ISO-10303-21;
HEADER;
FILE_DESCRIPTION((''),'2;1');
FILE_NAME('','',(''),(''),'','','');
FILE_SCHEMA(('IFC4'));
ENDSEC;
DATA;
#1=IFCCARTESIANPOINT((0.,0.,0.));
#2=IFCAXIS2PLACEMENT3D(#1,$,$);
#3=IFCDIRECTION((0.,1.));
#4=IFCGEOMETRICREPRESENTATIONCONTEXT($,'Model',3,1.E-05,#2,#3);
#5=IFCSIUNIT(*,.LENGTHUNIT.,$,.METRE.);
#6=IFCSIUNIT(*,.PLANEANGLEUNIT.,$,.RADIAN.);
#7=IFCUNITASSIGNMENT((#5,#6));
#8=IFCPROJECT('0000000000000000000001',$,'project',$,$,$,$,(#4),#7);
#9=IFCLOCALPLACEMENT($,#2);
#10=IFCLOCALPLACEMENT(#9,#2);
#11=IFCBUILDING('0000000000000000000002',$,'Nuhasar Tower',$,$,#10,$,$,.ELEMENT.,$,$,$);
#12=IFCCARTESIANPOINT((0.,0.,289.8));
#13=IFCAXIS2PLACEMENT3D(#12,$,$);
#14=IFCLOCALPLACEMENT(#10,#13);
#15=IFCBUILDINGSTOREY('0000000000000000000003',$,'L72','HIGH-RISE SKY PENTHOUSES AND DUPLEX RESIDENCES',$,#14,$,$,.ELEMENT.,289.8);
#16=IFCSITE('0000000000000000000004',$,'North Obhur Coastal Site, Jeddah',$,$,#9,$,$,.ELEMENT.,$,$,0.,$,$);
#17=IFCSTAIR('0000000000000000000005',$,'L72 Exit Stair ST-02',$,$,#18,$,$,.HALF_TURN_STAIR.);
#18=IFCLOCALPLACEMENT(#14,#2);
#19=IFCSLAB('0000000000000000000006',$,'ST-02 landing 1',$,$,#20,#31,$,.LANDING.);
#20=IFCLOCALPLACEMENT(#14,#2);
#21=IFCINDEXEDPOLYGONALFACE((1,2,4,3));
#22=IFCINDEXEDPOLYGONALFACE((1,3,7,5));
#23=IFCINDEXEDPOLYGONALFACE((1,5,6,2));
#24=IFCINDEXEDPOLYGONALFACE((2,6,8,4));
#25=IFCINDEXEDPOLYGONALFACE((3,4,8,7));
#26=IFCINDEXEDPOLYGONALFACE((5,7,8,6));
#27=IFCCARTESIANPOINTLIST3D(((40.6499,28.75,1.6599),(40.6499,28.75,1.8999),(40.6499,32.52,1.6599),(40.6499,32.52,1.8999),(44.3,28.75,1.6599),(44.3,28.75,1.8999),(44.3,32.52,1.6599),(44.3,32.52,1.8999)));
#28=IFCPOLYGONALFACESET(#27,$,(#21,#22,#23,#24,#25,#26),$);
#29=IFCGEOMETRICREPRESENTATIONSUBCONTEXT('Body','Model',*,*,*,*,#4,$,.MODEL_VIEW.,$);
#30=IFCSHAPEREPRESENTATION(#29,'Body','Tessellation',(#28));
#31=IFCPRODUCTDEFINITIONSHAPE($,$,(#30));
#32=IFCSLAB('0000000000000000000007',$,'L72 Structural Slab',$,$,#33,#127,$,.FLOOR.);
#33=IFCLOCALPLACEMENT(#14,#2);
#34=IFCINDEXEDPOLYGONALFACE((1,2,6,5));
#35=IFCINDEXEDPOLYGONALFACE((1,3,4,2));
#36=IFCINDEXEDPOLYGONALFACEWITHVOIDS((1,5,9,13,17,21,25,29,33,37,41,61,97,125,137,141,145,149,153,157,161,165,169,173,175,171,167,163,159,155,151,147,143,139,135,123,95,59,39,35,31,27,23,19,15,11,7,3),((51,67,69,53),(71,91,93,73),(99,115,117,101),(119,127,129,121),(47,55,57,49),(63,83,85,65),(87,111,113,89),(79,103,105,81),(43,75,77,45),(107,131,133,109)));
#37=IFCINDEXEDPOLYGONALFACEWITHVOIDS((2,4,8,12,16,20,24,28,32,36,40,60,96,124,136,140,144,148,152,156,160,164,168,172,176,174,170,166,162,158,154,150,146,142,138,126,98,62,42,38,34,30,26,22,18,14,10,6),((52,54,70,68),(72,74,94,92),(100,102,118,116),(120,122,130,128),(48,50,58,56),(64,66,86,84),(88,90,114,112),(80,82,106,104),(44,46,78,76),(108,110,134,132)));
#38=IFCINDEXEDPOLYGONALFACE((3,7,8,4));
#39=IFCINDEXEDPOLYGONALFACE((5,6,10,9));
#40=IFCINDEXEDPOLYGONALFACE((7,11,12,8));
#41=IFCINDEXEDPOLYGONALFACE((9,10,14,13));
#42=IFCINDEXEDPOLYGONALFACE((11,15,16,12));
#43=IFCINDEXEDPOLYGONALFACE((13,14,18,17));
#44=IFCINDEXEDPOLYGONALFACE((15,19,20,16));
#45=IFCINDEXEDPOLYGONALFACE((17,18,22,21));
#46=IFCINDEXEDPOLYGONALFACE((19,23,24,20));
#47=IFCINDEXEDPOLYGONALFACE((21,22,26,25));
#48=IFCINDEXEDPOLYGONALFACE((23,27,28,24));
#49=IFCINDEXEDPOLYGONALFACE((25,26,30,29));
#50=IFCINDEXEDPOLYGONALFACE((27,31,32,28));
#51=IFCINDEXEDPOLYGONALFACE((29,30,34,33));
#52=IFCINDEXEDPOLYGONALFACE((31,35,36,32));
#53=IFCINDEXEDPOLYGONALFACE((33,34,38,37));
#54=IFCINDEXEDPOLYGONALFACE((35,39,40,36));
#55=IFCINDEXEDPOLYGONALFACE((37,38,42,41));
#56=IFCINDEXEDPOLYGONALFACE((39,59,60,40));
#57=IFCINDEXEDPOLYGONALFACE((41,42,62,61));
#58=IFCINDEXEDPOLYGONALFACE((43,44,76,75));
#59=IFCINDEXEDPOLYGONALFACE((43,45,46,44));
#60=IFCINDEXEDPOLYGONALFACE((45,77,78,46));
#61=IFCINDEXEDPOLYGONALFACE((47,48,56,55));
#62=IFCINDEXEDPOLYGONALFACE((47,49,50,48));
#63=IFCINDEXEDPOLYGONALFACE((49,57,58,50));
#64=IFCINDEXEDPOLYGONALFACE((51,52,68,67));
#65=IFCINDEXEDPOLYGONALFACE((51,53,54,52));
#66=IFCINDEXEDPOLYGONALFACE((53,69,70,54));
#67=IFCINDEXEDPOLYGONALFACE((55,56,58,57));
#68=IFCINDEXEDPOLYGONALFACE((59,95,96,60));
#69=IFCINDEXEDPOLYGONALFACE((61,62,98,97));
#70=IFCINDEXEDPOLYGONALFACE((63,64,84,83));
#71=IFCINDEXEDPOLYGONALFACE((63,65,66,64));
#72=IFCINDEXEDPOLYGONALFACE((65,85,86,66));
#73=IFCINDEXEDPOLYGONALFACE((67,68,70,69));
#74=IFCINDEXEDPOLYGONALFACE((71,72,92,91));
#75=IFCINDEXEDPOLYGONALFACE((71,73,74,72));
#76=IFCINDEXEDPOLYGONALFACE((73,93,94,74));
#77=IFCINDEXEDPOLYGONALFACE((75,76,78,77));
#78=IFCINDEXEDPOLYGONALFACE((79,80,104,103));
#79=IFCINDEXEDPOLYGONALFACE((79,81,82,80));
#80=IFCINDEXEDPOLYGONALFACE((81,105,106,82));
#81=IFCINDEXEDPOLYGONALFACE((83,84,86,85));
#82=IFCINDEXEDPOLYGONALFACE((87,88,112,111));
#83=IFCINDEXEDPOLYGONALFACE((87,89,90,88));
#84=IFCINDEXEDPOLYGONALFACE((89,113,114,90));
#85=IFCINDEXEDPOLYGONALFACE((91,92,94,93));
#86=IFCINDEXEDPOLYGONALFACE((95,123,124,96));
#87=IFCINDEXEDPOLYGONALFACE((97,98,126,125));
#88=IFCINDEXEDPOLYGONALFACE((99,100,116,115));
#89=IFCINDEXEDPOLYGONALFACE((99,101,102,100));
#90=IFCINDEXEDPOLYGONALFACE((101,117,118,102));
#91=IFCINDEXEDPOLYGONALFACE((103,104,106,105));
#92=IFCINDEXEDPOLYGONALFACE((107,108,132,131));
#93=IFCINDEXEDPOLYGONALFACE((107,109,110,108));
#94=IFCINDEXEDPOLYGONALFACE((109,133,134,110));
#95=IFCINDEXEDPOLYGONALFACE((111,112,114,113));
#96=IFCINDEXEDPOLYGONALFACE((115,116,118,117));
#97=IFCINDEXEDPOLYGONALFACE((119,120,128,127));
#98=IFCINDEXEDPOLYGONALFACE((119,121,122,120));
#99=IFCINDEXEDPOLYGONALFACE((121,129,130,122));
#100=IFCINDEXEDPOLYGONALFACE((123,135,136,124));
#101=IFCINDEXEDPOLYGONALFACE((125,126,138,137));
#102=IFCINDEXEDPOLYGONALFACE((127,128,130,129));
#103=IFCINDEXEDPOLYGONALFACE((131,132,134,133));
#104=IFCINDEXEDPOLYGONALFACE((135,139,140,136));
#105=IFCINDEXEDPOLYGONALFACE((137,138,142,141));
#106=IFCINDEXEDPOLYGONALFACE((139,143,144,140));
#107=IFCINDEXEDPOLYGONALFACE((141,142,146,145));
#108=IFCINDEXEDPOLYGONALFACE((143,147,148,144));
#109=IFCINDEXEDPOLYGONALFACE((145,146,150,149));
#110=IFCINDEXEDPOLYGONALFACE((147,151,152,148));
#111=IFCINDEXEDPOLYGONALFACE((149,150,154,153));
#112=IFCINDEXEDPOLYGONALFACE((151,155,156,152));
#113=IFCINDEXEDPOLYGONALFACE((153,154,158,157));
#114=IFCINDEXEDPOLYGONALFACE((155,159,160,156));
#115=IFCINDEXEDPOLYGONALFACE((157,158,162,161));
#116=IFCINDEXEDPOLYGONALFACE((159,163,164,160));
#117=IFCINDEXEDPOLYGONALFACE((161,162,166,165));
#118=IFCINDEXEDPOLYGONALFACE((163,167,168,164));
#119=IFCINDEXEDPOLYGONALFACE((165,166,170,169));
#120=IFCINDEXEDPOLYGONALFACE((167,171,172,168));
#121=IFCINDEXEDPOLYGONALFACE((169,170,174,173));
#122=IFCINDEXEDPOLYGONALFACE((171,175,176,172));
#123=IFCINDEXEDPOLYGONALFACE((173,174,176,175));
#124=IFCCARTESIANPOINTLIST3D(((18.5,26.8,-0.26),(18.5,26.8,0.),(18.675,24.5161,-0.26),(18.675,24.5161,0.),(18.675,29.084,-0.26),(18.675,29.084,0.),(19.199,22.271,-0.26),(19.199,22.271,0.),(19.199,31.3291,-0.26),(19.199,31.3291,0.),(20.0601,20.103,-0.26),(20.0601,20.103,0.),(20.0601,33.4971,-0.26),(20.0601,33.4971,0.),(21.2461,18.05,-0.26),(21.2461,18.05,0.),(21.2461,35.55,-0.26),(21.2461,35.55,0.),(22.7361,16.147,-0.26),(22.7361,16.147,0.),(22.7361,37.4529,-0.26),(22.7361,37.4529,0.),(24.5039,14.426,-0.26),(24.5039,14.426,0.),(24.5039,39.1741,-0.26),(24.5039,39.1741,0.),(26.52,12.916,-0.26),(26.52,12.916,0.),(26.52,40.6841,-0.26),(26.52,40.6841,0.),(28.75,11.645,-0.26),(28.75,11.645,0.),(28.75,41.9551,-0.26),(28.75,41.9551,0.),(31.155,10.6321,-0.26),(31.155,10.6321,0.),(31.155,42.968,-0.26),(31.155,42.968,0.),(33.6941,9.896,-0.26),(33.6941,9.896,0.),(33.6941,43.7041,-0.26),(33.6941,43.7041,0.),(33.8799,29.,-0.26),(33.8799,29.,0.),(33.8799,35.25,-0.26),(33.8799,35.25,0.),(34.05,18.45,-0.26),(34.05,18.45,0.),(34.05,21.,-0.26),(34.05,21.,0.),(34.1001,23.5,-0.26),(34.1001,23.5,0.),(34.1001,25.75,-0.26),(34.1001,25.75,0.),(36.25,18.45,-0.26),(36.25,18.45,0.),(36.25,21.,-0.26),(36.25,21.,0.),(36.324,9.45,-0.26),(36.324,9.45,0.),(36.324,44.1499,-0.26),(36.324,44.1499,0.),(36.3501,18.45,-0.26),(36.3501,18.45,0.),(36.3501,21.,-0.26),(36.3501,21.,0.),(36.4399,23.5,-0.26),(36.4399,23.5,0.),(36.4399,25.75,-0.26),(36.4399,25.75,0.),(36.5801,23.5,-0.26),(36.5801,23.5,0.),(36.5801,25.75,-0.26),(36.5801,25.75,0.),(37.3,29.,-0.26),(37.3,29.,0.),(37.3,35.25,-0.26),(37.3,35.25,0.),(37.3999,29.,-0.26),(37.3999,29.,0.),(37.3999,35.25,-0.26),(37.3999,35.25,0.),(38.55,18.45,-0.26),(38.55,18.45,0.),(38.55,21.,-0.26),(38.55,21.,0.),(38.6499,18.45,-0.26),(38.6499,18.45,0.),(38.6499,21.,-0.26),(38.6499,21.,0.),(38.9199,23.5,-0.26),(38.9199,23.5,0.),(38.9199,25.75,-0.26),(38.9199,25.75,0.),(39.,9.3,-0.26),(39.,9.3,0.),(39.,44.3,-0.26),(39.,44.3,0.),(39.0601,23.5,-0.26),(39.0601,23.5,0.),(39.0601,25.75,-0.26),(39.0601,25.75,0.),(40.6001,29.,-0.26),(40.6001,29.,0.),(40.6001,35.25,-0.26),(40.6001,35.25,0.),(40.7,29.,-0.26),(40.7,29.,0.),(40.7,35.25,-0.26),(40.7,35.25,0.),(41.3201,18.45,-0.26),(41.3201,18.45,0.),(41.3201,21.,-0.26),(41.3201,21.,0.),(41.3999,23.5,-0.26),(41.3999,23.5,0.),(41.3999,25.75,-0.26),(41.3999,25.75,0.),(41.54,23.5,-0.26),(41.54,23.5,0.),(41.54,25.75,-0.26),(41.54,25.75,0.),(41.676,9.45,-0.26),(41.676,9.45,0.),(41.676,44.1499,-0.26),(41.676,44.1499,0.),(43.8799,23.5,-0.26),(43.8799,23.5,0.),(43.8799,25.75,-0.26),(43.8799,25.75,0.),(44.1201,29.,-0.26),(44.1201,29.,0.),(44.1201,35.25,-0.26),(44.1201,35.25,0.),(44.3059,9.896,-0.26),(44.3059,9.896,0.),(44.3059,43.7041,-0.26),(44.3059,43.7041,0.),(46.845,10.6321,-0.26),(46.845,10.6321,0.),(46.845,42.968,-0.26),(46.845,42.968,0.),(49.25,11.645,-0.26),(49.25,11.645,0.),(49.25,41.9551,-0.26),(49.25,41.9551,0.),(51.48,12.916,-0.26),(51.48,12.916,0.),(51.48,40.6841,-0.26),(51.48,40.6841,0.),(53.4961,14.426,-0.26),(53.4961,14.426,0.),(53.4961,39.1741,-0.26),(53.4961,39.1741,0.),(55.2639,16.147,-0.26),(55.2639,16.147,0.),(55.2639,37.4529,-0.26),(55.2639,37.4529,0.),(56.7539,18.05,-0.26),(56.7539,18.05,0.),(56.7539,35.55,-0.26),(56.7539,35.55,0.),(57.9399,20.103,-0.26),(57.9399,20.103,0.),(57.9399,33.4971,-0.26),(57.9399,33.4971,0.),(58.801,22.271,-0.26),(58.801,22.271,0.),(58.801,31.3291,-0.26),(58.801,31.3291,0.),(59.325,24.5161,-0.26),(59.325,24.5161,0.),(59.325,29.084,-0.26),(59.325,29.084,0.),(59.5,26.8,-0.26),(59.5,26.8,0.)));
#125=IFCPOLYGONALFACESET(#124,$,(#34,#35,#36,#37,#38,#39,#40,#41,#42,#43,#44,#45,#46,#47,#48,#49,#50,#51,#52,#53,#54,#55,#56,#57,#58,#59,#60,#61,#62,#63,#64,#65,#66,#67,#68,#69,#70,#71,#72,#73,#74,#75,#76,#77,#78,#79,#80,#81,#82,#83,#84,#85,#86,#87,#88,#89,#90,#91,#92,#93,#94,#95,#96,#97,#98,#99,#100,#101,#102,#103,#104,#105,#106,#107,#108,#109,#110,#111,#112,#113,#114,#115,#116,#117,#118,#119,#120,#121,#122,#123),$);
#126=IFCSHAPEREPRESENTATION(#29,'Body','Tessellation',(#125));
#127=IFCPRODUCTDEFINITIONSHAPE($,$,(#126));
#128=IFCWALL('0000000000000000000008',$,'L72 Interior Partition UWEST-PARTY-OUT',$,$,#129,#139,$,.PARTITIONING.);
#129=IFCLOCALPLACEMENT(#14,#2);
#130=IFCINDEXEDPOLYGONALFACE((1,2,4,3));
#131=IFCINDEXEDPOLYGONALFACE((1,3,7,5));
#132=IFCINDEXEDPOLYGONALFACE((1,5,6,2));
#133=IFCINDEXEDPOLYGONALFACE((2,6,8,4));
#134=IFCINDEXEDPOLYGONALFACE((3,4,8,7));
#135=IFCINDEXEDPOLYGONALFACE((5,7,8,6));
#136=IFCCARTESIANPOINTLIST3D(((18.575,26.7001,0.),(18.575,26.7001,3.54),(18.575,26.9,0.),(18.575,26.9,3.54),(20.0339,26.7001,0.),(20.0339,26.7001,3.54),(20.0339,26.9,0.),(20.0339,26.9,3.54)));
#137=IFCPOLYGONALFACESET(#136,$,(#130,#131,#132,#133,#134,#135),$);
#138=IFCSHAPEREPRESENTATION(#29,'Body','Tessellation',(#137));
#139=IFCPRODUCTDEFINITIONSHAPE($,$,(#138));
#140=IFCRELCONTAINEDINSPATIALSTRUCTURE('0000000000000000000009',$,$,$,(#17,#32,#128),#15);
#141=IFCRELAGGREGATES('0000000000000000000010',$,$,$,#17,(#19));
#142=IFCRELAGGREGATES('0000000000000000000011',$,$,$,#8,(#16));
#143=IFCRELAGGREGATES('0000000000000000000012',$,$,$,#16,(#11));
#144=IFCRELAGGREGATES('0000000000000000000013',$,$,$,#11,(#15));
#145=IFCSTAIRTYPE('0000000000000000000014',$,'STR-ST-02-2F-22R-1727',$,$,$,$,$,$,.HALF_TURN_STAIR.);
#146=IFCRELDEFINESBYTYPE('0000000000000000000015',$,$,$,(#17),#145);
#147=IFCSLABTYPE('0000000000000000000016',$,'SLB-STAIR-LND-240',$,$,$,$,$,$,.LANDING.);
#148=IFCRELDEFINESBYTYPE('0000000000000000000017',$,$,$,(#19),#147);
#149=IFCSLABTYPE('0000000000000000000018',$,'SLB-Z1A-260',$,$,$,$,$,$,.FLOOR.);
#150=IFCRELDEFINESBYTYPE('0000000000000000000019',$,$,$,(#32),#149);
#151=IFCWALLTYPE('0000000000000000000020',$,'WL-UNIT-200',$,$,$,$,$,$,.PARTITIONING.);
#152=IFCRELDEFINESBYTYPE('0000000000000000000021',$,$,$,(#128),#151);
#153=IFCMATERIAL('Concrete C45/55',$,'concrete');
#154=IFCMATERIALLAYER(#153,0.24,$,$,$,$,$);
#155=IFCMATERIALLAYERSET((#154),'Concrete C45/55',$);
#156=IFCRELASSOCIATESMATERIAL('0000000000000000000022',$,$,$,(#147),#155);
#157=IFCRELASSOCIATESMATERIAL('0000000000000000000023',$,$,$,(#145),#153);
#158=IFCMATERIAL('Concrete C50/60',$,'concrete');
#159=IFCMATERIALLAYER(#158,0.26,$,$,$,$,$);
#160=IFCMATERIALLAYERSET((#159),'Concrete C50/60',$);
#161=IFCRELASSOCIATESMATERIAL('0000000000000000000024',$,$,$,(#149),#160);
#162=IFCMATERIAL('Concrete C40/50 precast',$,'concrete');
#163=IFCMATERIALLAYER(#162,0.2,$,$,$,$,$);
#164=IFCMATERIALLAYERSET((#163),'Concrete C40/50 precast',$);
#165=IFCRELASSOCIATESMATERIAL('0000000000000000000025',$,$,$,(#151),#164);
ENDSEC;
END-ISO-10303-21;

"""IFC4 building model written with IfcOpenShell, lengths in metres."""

from ifc_helpers import new_model, si_unit, direction, frame, frame_2d, origin, place, context, subcontext, project, spatial, polyline, rectangle, outline, extrude, material, layer, layer_set, type_object, element, aggregate, save


model = new_model("IFC4")

# Units and contexts
model_context = context("Model", 3, precision=1e-05, world=origin(), true_north=direction((0.0, 1.0)))
body_context = subcontext(model_context, "Body", "Model", "MODEL_VIEW")
ifc_project = project(units=[si_unit("LENGTHUNIT", "METRE"), si_unit("PLANEANGLEUNIT", "RADIAN")], contexts=[model_context])

# Site, building, storey
site_placement = place(None, origin())
site = spatial("IfcSite", under=ifc_project, at=site_placement, Name="North Obhur Coastal Site, Jeddah", CompositionType="ELEMENT", RefElevation=0.0)
building_placement = place(site_placement, origin())
building = spatial("IfcBuilding", under=site, at=building_placement, Name="Nuhasar Tower", CompositionType="ELEMENT")
storey_placement = place(building_placement, frame((0.0, 0.0, 289.8)))
storey = spatial("IfcBuildingStorey", under=building, at=storey_placement, Name="L72", Description="HIGH-RISE SKY PENTHOUSES AND DUPLEX RESIDENCES", CompositionType="ELEMENT", Elevation=289.8)

# Shared definitions
ifc_material_1 = material(Name="Concrete C50/60", Category="concrete")

# Stair, slab
ifc_material_2 = material(Name="Concrete C45/55", Category="concrete")
ifc_layer_1 = layer(ifc_material_2, 0.24)
ifc_layer_set_1 = layer_set([ifc_layer_1], Name="Concrete C45/55")
slab_type_1 = type_object("IfcSlabType", Name="SLB-STAIR-LND-240", PredefinedType="LANDING", material=ifc_layer_set_1)
stair_type_1 = type_object("IfcStairType", Name="STR-ST-02-2F-22R-1727", PredefinedType="HALF_TURN_STAIR", material=ifc_material_2)
stair_1_placement = place(storey_placement, origin())
stair_1 = element("IfcStair", 1, at=stair_1_placement, inside=storey, type_object=stair_type_1, Name="L72 Exit Stair ST-02", PredefinedType="HALF_TURN_STAIR")
slab_1_placement = place(storey_placement, frame((0.0, 0.0, 1.6599)))
slab_1 = element("IfcSlab", 2, at=slab_1_placement, type_object=slab_type_1, Name="ST-02 landing 1", PredefinedType="LANDING", context=body_context, shape_type="SweptSolid", body=[
    extrude(outline(polyline([(40.6499, 28.75), (44.3, 28.75), (44.3, 32.52), (40.6499, 32.52), (40.6499, 28.75)])), origin(), (0.0, 0.0, 1.0), 0.24),
])
aggregate(stair_1, [slab_1])

# Slab
ifc_layer_2 = layer(ifc_material_1, 0.26)
ifc_layer_set_2 = layer_set([ifc_layer_2], Name="Concrete C50/60")
slab_type_2 = type_object("IfcSlabType", Name="SLB-Z1A-260", PredefinedType="FLOOR", material=ifc_layer_set_2)
slab_2_placement = place(storey_placement, frame((0.0, 0.0, -0.26)))
element("IfcSlab", 3, at=slab_2_placement, inside=storey, type_object=slab_type_2, Name="L72 Structural Slab", PredefinedType="FLOOR", context=body_context, shape_type="SweptSolid", body=[
    extrude(outline(polyline([(59.5, 26.8), (59.325, 29.084), (58.801, 31.3291), (57.9399, 33.4971), (56.7539, 35.55), (55.2639, 37.4529), (53.4961, 39.1741), (51.48, 40.6841), (49.25, 41.9551), (46.845, 42.968), (44.3059, 43.7041), (41.676, 44.1499), (39.0, 44.3), (36.324, 44.1499), (33.6941, 43.7041), (31.155, 42.968), (28.75, 41.9551), (26.52, 40.6841), (24.5039, 39.1741), (22.7361, 37.4529), (21.2461, 35.55), (20.0601, 33.4971), (19.199, 31.3291), (18.675, 29.084), (18.5, 26.8), (18.675, 24.5161), (19.199, 22.271), (20.0601, 20.103), (21.2461, 18.05), (22.7361, 16.147), (24.5039, 14.426), (26.52, 12.916), (28.75, 11.645), (31.155, 10.6321), (33.6941, 9.896), (36.324, 9.45), (39.0, 9.3), (41.676, 9.45), (44.3059, 9.896), (46.845, 10.6321), (49.25, 11.645), (51.48, 12.916), (53.4961, 14.426), (55.2639, 16.147), (56.7539, 18.05), (57.9399, 20.103), (58.801, 22.271), (59.325, 24.5161), (59.5, 26.8)]), holes=[polyline([(33.8799, 35.25), (37.3, 35.25), (37.3, 29.0), (33.8799, 29.0), (33.8799, 35.25)]), polyline([(37.3999, 35.25), (40.6001, 35.25), (40.6001, 29.0), (37.3999, 29.0), (37.3999, 35.25)]), polyline([(40.7, 35.25), (44.1201, 35.25), (44.1201, 29.0), (40.7, 29.0), (40.7, 35.25)]), polyline([(34.1001, 25.75), (36.4399, 25.75), (36.4399, 23.5), (34.1001, 23.5), (34.1001, 25.75)]), polyline([(36.5801, 25.75), (38.9199, 25.75), (38.9199, 23.5), (36.5801, 23.5), (36.5801, 25.75)]), polyline([(39.0601, 25.75), (41.3999, 25.75), (41.3999, 23.5), (39.0601, 23.5), (39.0601, 25.75)]), polyline([(41.54, 25.75), (43.8799, 25.75), (43.8799, 23.5), (41.54, 23.5), (41.54, 25.75)]), polyline([(34.05, 21.0), (36.25, 21.0), (36.25, 18.45), (34.05, 18.45), (34.05, 21.0)]), polyline([(36.3501, 21.0), (38.55, 21.0), (38.55, 18.45), (36.3501, 18.45), (36.3501, 21.0)]), polyline([(38.6499, 21.0), (41.3201, 21.0), (41.3201, 18.45), (38.6499, 18.45), (38.6499, 21.0)])]), origin(), (0.0, 0.0, 1.0), 0.26),
])

# Wall
ifc_material_3 = material(Name="Concrete C40/50 precast", Category="concrete")
ifc_layer_3 = layer(ifc_material_3, 0.2)
ifc_layer_set_3 = layer_set([ifc_layer_3], Name="Concrete C40/50 precast")
wall_type = type_object("IfcWallType", Name="WL-UNIT-200", PredefinedType="PARTITIONING", material=ifc_layer_set_3)
wall_placement = place(storey_placement, frame((20.0339, 26.8, 0.0), z_axis=(0.0, 0.0, 1.0), x_axis=(-1.0, 0.0, 0.0)))
element("IfcWall", 4, at=wall_placement, inside=storey, type_object=wall_type, Name="L72 Interior Partition UWEST-PARTY-OUT", PredefinedType="PARTITIONING", context=body_context, shape_type="SweptSolid", body=[
    extrude(rectangle(XDim=1.459, YDim=0.2, at=frame_2d((0.7295, 0.0))), origin(), (0.0, 0.0, 1.0), 3.54),
])

save(model, "model.ifc")
